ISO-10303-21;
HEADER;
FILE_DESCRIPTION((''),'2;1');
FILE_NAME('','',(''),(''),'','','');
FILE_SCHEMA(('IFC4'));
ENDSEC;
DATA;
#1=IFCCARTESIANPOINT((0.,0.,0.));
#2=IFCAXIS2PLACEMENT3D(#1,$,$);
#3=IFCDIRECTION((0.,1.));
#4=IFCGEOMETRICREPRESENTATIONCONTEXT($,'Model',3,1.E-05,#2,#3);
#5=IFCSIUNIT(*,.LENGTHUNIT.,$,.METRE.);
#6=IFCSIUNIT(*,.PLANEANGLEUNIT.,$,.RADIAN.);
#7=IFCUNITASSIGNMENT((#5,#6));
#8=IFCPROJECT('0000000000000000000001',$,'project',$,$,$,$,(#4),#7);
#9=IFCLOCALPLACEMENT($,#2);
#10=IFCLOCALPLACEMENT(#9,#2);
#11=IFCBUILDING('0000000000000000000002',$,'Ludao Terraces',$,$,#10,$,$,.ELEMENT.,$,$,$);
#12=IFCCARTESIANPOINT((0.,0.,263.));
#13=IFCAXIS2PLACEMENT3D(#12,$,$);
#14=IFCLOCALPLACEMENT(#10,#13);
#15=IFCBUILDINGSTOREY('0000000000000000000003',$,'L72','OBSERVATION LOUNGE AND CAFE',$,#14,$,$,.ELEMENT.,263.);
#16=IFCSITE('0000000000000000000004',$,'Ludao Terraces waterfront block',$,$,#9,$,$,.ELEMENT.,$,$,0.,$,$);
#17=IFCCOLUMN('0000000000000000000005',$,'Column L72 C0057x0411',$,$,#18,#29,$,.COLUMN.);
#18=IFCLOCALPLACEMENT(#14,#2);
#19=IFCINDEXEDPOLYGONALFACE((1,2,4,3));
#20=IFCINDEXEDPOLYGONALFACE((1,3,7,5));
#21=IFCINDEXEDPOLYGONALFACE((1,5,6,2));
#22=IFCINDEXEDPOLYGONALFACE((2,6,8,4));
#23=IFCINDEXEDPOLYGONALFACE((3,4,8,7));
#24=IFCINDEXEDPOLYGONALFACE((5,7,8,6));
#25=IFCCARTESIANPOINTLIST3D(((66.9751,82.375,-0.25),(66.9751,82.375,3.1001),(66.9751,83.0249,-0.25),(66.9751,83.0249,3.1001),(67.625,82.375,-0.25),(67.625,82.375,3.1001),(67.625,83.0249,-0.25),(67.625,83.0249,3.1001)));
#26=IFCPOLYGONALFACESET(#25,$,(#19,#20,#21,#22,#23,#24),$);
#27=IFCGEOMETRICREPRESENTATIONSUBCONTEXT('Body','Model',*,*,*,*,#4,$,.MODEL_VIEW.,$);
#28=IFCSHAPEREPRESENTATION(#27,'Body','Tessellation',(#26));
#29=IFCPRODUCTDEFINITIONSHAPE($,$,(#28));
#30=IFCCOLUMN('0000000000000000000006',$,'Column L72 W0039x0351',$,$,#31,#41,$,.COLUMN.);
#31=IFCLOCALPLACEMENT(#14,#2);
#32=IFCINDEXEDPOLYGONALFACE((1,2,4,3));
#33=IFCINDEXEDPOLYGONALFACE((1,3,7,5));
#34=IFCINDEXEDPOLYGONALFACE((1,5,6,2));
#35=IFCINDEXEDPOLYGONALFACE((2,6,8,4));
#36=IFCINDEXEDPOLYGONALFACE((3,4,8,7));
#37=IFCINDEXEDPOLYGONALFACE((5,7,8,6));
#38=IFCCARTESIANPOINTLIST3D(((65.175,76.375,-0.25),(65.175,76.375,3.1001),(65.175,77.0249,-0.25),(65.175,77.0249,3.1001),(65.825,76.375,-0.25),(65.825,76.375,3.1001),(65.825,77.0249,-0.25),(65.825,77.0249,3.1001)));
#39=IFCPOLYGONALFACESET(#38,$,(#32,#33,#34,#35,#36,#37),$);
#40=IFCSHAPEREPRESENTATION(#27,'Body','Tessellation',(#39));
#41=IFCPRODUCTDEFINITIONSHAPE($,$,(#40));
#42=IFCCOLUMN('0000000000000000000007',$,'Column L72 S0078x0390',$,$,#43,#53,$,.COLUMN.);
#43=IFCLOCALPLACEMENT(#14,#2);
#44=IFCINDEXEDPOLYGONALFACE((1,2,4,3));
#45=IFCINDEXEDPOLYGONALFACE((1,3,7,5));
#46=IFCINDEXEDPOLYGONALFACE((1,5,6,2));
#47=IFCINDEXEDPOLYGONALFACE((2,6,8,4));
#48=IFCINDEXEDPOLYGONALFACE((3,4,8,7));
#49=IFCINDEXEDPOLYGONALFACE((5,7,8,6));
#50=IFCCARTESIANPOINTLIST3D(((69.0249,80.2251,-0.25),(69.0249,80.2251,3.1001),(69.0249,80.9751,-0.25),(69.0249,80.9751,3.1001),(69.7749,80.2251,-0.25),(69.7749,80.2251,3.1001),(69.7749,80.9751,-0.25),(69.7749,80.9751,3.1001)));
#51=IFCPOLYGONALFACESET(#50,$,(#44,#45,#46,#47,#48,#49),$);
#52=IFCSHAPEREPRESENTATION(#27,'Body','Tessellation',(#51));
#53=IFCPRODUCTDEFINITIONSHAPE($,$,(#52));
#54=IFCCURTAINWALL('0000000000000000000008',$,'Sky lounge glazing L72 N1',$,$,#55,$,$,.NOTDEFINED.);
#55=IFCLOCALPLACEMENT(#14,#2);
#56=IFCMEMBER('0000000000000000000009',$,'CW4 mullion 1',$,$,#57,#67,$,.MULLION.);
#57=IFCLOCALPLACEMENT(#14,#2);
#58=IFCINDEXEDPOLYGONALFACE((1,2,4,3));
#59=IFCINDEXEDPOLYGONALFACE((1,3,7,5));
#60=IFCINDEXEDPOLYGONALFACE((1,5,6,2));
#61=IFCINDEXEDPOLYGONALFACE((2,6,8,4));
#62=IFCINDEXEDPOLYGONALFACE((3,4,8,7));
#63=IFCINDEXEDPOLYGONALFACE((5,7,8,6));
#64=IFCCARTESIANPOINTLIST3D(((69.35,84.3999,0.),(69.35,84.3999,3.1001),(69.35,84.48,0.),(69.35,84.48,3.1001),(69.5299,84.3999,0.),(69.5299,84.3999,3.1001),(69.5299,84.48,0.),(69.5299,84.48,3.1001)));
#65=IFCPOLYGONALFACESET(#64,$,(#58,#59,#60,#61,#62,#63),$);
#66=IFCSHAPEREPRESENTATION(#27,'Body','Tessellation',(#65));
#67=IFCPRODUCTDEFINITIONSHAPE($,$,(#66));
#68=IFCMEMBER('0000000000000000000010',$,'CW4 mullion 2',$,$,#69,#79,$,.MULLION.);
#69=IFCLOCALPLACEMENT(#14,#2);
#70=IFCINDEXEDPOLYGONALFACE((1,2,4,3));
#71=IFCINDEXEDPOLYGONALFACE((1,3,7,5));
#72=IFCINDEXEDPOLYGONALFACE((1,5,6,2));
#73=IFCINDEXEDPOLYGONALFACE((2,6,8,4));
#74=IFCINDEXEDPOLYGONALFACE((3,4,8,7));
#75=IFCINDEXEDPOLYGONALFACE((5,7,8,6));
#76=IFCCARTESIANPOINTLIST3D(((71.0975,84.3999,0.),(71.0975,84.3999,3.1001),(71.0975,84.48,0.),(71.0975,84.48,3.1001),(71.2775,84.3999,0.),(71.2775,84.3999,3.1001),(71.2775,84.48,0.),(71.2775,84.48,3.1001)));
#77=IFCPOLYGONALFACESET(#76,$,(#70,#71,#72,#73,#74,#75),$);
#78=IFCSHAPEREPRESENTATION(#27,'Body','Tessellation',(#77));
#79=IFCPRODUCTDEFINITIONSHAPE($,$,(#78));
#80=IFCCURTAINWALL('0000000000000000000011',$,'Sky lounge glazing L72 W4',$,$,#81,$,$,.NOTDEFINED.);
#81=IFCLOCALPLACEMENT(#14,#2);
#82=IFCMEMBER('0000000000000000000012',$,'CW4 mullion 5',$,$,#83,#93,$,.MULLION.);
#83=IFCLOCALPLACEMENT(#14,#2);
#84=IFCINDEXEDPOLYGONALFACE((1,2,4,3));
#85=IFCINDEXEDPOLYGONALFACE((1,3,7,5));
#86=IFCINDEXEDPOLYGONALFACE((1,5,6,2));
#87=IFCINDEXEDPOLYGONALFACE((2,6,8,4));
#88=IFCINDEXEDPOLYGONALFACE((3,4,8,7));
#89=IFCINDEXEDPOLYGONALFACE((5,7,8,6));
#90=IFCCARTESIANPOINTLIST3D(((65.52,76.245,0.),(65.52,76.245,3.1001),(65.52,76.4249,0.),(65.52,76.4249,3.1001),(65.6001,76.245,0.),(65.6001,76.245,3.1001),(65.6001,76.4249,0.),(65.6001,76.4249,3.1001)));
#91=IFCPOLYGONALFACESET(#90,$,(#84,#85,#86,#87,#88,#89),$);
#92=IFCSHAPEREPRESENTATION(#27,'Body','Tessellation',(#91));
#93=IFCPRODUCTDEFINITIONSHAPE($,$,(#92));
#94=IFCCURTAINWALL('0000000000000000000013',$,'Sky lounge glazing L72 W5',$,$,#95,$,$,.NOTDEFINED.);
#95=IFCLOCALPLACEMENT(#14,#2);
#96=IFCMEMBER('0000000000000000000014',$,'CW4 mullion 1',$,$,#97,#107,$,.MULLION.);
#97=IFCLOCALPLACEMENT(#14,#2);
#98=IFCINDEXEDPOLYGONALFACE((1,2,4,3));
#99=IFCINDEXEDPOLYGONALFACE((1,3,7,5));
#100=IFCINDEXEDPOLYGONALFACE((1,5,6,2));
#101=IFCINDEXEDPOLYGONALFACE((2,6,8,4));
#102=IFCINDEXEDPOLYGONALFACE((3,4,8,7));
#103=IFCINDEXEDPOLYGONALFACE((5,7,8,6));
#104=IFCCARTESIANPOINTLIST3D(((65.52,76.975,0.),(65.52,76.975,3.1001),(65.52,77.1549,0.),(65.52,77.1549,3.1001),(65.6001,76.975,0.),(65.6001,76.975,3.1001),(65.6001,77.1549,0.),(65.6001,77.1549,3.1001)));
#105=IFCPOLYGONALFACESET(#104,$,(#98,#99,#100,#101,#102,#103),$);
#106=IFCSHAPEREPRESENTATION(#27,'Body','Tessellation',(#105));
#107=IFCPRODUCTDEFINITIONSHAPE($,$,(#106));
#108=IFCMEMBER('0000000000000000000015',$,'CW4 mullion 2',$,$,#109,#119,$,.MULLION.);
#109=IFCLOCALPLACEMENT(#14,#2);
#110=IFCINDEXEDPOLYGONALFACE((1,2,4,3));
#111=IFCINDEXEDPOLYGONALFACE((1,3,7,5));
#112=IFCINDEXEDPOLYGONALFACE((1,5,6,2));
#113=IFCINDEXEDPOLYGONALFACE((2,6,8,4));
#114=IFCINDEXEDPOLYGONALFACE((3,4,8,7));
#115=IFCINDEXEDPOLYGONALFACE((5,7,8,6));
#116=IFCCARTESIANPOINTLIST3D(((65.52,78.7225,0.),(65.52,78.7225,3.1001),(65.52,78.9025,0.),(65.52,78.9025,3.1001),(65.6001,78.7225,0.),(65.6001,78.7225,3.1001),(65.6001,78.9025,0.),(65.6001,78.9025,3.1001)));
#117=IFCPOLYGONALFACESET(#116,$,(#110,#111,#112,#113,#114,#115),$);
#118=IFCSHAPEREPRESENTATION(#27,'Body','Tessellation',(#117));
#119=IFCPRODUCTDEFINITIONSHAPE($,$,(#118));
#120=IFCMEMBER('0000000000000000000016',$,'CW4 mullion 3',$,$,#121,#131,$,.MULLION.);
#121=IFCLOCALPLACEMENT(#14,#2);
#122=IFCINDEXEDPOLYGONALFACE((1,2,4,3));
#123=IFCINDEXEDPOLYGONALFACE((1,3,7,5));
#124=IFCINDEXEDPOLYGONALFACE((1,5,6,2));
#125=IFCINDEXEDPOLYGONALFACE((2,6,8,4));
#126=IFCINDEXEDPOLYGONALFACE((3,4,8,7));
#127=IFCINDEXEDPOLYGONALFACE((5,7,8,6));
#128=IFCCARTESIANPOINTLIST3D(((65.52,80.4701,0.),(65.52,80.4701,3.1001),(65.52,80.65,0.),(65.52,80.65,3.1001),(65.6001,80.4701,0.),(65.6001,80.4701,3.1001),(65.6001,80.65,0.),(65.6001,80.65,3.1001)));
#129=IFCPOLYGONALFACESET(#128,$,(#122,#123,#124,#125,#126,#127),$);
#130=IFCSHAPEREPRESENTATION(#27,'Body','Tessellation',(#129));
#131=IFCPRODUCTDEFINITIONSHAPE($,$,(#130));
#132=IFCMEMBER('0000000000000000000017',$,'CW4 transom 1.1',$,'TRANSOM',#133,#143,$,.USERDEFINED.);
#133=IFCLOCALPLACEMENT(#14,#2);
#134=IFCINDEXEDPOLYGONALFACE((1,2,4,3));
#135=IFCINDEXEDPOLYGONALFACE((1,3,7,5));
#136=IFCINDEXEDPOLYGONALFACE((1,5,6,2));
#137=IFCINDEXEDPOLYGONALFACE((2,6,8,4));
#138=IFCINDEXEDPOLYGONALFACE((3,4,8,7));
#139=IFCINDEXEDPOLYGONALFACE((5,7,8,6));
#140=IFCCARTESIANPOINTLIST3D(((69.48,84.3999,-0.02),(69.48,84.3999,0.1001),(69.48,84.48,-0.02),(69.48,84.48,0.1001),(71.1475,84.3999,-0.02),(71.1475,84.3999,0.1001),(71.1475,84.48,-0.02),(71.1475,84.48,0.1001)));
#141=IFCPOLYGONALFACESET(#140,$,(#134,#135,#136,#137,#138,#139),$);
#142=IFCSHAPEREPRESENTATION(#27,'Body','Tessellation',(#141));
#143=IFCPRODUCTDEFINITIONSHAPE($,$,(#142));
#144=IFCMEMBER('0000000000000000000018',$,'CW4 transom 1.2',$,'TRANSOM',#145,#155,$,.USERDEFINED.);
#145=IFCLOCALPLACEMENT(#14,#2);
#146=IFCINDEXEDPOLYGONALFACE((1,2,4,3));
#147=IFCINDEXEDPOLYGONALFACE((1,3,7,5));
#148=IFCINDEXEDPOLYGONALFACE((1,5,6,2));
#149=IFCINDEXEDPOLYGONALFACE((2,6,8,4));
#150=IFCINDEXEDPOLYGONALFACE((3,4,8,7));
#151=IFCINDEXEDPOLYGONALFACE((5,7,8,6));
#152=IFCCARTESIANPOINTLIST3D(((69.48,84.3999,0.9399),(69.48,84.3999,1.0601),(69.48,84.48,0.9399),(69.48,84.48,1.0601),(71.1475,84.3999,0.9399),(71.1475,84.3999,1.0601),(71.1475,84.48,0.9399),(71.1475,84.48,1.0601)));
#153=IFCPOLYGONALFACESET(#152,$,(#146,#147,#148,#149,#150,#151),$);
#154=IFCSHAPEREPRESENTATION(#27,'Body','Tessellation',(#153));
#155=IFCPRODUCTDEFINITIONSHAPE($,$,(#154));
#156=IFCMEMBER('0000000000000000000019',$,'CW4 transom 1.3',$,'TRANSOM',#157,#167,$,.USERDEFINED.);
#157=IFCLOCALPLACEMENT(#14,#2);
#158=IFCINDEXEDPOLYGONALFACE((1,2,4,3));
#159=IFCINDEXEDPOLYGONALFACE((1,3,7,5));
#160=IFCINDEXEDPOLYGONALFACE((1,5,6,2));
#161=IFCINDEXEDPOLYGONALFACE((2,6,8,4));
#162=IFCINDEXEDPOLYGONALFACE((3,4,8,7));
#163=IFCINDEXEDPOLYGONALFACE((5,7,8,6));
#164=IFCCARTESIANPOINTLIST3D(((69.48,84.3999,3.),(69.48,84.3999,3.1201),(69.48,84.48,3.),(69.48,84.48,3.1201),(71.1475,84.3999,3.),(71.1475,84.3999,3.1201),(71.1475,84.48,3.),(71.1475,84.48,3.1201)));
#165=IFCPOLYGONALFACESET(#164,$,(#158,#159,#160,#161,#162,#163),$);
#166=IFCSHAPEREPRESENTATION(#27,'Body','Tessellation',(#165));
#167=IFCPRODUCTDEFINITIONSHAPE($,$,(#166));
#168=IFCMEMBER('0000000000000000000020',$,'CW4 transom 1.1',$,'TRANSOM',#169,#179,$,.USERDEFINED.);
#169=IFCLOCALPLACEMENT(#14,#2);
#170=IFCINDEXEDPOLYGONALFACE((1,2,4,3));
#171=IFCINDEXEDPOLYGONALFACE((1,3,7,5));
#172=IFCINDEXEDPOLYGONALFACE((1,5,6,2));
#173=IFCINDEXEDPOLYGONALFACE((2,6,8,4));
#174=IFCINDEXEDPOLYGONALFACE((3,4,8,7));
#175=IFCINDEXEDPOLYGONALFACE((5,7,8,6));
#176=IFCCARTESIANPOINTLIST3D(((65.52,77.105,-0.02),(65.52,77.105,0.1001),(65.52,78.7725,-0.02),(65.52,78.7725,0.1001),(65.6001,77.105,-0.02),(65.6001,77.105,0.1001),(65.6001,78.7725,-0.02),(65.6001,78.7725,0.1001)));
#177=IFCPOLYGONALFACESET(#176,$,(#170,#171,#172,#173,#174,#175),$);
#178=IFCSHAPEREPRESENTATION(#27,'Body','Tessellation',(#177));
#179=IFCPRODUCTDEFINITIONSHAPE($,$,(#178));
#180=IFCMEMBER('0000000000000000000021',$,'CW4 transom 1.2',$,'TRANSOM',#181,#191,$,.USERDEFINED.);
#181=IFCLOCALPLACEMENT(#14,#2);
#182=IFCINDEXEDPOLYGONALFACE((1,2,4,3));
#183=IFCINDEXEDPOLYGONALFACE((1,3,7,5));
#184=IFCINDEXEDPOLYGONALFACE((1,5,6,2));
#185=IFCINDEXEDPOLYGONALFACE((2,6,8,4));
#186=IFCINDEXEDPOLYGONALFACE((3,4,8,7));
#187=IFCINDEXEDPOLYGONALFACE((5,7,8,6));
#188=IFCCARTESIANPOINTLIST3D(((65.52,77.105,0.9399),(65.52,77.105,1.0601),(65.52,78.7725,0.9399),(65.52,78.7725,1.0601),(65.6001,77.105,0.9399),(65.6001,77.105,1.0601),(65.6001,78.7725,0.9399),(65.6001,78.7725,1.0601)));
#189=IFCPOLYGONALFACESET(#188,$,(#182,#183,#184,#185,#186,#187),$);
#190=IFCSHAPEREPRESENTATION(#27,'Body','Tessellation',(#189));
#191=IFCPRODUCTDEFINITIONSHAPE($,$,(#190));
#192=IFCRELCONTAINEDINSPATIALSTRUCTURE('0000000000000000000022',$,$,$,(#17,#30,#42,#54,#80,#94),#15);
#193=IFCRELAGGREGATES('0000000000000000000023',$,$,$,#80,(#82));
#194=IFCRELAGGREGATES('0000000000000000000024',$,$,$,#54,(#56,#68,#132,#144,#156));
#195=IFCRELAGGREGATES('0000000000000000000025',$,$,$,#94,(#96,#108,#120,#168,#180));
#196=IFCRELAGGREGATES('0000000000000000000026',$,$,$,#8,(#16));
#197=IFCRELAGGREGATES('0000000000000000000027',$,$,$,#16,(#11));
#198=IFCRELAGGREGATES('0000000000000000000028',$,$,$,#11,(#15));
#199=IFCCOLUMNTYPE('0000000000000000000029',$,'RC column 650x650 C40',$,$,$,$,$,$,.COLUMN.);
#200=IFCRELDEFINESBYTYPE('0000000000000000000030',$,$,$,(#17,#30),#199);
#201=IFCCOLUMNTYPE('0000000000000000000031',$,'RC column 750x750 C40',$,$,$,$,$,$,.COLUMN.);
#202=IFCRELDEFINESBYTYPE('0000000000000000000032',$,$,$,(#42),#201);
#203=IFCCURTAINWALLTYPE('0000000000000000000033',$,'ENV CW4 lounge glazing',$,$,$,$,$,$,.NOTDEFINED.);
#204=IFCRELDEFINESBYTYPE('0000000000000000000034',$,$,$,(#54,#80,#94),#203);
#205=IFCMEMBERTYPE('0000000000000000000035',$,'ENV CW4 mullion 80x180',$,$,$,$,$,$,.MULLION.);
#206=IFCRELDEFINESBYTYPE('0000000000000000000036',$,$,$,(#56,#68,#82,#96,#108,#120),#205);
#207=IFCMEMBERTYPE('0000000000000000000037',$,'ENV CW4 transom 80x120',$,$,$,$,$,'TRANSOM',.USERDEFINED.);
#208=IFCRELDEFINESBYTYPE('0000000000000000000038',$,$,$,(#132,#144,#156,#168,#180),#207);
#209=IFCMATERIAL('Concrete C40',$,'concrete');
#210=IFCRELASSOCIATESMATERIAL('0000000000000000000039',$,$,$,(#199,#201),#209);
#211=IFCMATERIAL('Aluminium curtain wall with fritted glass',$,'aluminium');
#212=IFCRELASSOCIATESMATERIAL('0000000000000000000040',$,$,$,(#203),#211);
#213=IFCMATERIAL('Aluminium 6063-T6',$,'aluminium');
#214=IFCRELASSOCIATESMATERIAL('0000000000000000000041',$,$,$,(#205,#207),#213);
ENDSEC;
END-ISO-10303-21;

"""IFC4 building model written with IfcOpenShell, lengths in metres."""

from ifc_helpers import new_model, si_unit, direction, frame, origin, origin_2d, place, context, subcontext, project, spatial, rectangle, extrude, material, material_profile, profile_set, type_object, element, aggregate, save


model = new_model("IFC4")

# Units and contexts
model_context = context("Model", 3, precision=1e-05, world=origin(), true_north=direction((0.0, 1.0)))
body_context = subcontext(model_context, "Body", "Model", "MODEL_VIEW")
ifc_project = project(units=[si_unit("LENGTHUNIT", "METRE"), si_unit("PLANEANGLEUNIT", "RADIAN")], contexts=[model_context])

# Site, building, storey
site_placement = place(None, origin())
site = spatial("IfcSite", under=ifc_project, at=site_placement, Name="Ludao Terraces waterfront block", CompositionType="ELEMENT", RefElevation=0.0)
building_placement = place(site_placement, origin())
building = spatial("IfcBuilding", under=site, at=building_placement, Name="Ludao Terraces", CompositionType="ELEMENT")
storey_placement = place(building_placement, frame((0.0, 0.0, 263.0)))
storey = spatial("IfcBuildingStorey", under=building, at=storey_placement, Name="L72", Description="OBSERVATION LOUNGE AND CAFE", CompositionType="ELEMENT", Elevation=263.0)

# Columns
ifc_material_1 = material(Name="Concrete C40", Category="concrete")
ifc_material_profile_1 = material_profile(ifc_material_1, rectangle(XDim=0.6499, YDim=0.6499, at=origin_2d()), Name="650 X 650")
ifc_profile_set_1 = profile_set([ifc_material_profile_1], Name="Concrete C40")
column_type_1 = type_object("IfcColumnType", Name="RC column 650x650 C40", PredefinedType="COLUMN", material=ifc_profile_set_1)
for number, where, z_axis, x_axis, name in (
    (1, (67.3, 82.7, -0.25), (0.0, 0.0, 1.0), (1.0, 0.0, 0.0), "Column L72 C0057x0411"),
    (2, (65.5, 76.7, -0.25), (0.0, 0.0, 1.0), (1.0, 0.0, 0.0), "Column L72 W0039x0351"),
):
    element("IfcColumn", number, at=place(storey_placement, frame(where, z_axis=z_axis, x_axis=x_axis)), inside=storey, type_object=column_type_1, Name=name, PredefinedType="COLUMN", context=body_context, shape_type="SweptSolid", body=[
        extrude(rectangle(XDim=0.6499, YDim=0.6499, at=origin_2d()), origin(), (0.0, 0.0, 1.0), 3.3501),
    ])
ifc_material_profile_2 = material_profile(ifc_material_1, rectangle(XDim=0.75, YDim=0.75, at=origin_2d()), Name="750 X 750")
ifc_profile_set_2 = profile_set([ifc_material_profile_2], Name="Concrete C40")
column_type_2 = type_object("IfcColumnType", Name="RC column 750x750 C40", PredefinedType="COLUMN", material=ifc_profile_set_2)
column_placement = place(storey_placement, frame((69.3999, 80.6001, -0.25), z_axis=(0.0, 0.0, 1.0), x_axis=(1.0, 0.0, 0.0)))
element("IfcColumn", 3, at=column_placement, inside=storey, type_object=column_type_2, Name="Column L72 S0078x0390", PredefinedType="COLUMN", context=body_context, shape_type="SweptSolid", body=[
    extrude(rectangle(XDim=0.75, YDim=0.75, at=origin_2d()), origin(), (0.0, 0.0, 1.0), 3.3501),
])

# Curtain wall, members
ifc_material_2 = material(Name="Aluminium curtain wall with fritted glass", Category="aluminium")
curtain_wall_type = type_object("IfcCurtainWallType", Name="ENV CW4 lounge glazing", PredefinedType="NOTDEFINED", material=ifc_material_2)
curtain_wall_1_placement = place(storey_placement, origin())
curtain_wall_1 = element("IfcCurtainWall", 4, at=curtain_wall_1_placement, inside=storey, type_object=curtain_wall_type, Name="Sky lounge glazing L72 N1", PredefinedType="NOTDEFINED")
ifc_material_3 = material(Name="Aluminium 6063-T6", Category="aluminium")
ifc_material_profile_3 = material_profile(ifc_material_3, rectangle(XDim=0.0801, YDim=0.1799, at=origin_2d()), Name="80 X 180")
ifc_profile_set_3 = profile_set([ifc_material_profile_3], Name="Aluminium 6063-T6")
member_type_1 = type_object("IfcMemberType", Name="ENV CW4 mullion 80x180", PredefinedType="MULLION", material=ifc_profile_set_3)
member_1_placement = place(storey_placement, frame((69.4399, 84.4399, 0.0), z_axis=(0.0, 0.0, 1.0), x_axis=(0.0, 1.0, 0.0)))
member_1 = element("IfcMember", 5, at=member_1_placement, type_object=member_type_1, Name="CW4 mullion 1", PredefinedType="MULLION", context=body_context, shape_type="SweptSolid", body=[
    extrude(rectangle(XDim=0.0801, YDim=0.1799, at=origin_2d()), origin(), (0.0, 0.0, 1.0), 3.1001),
])
member_2_placement = place(storey_placement, frame((71.1875, 84.4399, 0.0), z_axis=(0.0, 0.0, 1.0), x_axis=(0.0, 1.0, 0.0)))
member_2 = element("IfcMember", 6, at=member_2_placement, type_object=member_type_1, Name="CW4 mullion 2", PredefinedType="MULLION", context=body_context, shape_type="SweptSolid", body=[
    extrude(rectangle(XDim=0.0801, YDim=0.1799, at=origin_2d()), origin(), (0.0, 0.0, 1.0), 3.1001),
])

# Curtain wall, member
curtain_wall_2_placement = place(storey_placement, origin())
curtain_wall_2 = element("IfcCurtainWall", 7, at=curtain_wall_2_placement, inside=storey, type_object=curtain_wall_type, Name="Sky lounge glazing L72 W4", PredefinedType="NOTDEFINED")
member_3_placement = place(storey_placement, frame((65.5601, 76.335, 0.0), z_axis=(0.0, 0.0, 1.0), x_axis=(-1.0, 0.0, 0.0)))
member_3 = element("IfcMember", 8, at=member_3_placement, type_object=member_type_1, Name="CW4 mullion 5", PredefinedType="MULLION", context=body_context, shape_type="SweptSolid", body=[
    extrude(rectangle(XDim=0.0801, YDim=0.1799, at=origin_2d()), origin(), (0.0, 0.0, 1.0), 3.1001),
])
aggregate(curtain_wall_2, [member_3])

# Curtain wall, members
curtain_wall_3_placement = place(storey_placement, origin())
curtain_wall_3 = element("IfcCurtainWall", 9, at=curtain_wall_3_placement, inside=storey, type_object=curtain_wall_type, Name="Sky lounge glazing L72 W5", PredefinedType="NOTDEFINED")
member_4_placement = place(storey_placement, frame((65.5601, 77.0649, 0.0), z_axis=(0.0, 0.0, 1.0), x_axis=(-1.0, 0.0, 0.0)))
member_4 = element("IfcMember", 10, at=member_4_placement, type_object=member_type_1, Name="CW4 mullion 1", PredefinedType="MULLION", context=body_context, shape_type="SweptSolid", body=[
    extrude(rectangle(XDim=0.0801, YDim=0.1799, at=origin_2d()), origin(), (0.0, 0.0, 1.0), 3.1001),
])
member_5_placement = place(storey_placement, frame((65.5601, 78.8125, 0.0), z_axis=(0.0, 0.0, 1.0), x_axis=(-1.0, 0.0, 0.0)))
member_5 = element("IfcMember", 11, at=member_5_placement, type_object=member_type_1, Name="CW4 mullion 2", PredefinedType="MULLION", context=body_context, shape_type="SweptSolid", body=[
    extrude(rectangle(XDim=0.0801, YDim=0.1799, at=origin_2d()), origin(), (0.0, 0.0, 1.0), 3.1001),
])
member_6_placement = place(storey_placement, frame((65.5601, 80.5601, 0.0), z_axis=(0.0, 0.0, 1.0), x_axis=(-1.0, 0.0, 0.0)))
member_6 = element("IfcMember", 12, at=member_6_placement, type_object=member_type_1, Name="CW4 mullion 3", PredefinedType="MULLION", context=body_context, shape_type="SweptSolid", body=[
    extrude(rectangle(XDim=0.0801, YDim=0.1799, at=origin_2d()), origin(), (0.0, 0.0, 1.0), 3.1001),
])

# Members
ifc_material_profile_4 = material_profile(ifc_material_3, rectangle(XDim=0.0801, YDim=0.1201, at=origin_2d()), Name="80 X 120")
ifc_profile_set_4 = profile_set([ifc_material_profile_4], Name="Aluminium 6063-T6")
member_type_2 = type_object("IfcMemberType", Name="ENV CW4 transom 80x120", ElementType="TRANSOM", PredefinedType="USERDEFINED", material=ifc_profile_set_4)
member_7_placement = place(storey_placement, frame((69.48, 84.4399, 0.04), z_axis=(1.0, 0.0, 0.0), x_axis=(0.0, 1.0, 0.0)))
member_7 = element("IfcMember", 13, at=member_7_placement, type_object=member_type_2, Name="CW4 transom 1.1", ObjectType="TRANSOM", PredefinedType="USERDEFINED", context=body_context, shape_type="SweptSolid", body=[
    extrude(rectangle(XDim=0.0801, YDim=0.1201, at=origin_2d()), origin(), (0.0, 0.0, 1.0), 1.6675),
])
member_8_placement = place(storey_placement, frame((69.48, 84.4399, 1.0), z_axis=(1.0, 0.0, 0.0), x_axis=(0.0, 1.0, 0.0)))
member_8 = element("IfcMember", 14, at=member_8_placement, type_object=member_type_2, Name="CW4 transom 1.2", ObjectType="TRANSOM", PredefinedType="USERDEFINED", context=body_context, shape_type="SweptSolid", body=[
    extrude(rectangle(XDim=0.0801, YDim=0.1201, at=origin_2d()), origin(), (0.0, 0.0, 1.0), 1.6675),
])
member_9_placement = place(storey_placement, frame((69.48, 84.4399, 3.0601), z_axis=(1.0, 0.0, 0.0), x_axis=(0.0, 1.0, 0.0)))
member_9 = element("IfcMember", 15, at=member_9_placement, type_object=member_type_2, Name="CW4 transom 1.3", ObjectType="TRANSOM", PredefinedType="USERDEFINED", context=body_context, shape_type="SweptSolid", body=[
    extrude(rectangle(XDim=0.0801, YDim=0.1201, at=origin_2d()), origin(), (0.0, 0.0, 1.0), 1.6675),
])
member_10_placement = place(storey_placement, frame((65.5601, 77.105, 0.04), z_axis=(0.0, 1.0, 0.0), x_axis=(-1.0, 0.0, 0.0)))
member_10 = element("IfcMember", 16, at=member_10_placement, type_object=member_type_2, Name="CW4 transom 1.1", ObjectType="TRANSOM", PredefinedType="USERDEFINED", context=body_context, shape_type="SweptSolid", body=[
    extrude(rectangle(XDim=0.0801, YDim=0.1201, at=origin_2d()), origin(), (0.0, 0.0, 1.0), 1.6675),
])
member_11_placement = place(storey_placement, frame((65.5601, 77.105, 1.0), z_axis=(0.0, 1.0, 0.0), x_axis=(-1.0, 0.0, 0.0)))
member_11 = element("IfcMember", 17, at=member_11_placement, type_object=member_type_2, Name="CW4 transom 1.2", ObjectType="TRANSOM", PredefinedType="USERDEFINED", context=body_context, shape_type="SweptSolid", body=[
    extrude(rectangle(XDim=0.0801, YDim=0.1201, at=origin_2d()), origin(), (0.0, 0.0, 1.0), 1.6675),
])

aggregate(curtain_wall_1, [member_1, member_2, member_7, member_8, member_9])
aggregate(curtain_wall_3, [member_4, member_5, member_6, member_10, member_11])

save(model, "model.ifc")
